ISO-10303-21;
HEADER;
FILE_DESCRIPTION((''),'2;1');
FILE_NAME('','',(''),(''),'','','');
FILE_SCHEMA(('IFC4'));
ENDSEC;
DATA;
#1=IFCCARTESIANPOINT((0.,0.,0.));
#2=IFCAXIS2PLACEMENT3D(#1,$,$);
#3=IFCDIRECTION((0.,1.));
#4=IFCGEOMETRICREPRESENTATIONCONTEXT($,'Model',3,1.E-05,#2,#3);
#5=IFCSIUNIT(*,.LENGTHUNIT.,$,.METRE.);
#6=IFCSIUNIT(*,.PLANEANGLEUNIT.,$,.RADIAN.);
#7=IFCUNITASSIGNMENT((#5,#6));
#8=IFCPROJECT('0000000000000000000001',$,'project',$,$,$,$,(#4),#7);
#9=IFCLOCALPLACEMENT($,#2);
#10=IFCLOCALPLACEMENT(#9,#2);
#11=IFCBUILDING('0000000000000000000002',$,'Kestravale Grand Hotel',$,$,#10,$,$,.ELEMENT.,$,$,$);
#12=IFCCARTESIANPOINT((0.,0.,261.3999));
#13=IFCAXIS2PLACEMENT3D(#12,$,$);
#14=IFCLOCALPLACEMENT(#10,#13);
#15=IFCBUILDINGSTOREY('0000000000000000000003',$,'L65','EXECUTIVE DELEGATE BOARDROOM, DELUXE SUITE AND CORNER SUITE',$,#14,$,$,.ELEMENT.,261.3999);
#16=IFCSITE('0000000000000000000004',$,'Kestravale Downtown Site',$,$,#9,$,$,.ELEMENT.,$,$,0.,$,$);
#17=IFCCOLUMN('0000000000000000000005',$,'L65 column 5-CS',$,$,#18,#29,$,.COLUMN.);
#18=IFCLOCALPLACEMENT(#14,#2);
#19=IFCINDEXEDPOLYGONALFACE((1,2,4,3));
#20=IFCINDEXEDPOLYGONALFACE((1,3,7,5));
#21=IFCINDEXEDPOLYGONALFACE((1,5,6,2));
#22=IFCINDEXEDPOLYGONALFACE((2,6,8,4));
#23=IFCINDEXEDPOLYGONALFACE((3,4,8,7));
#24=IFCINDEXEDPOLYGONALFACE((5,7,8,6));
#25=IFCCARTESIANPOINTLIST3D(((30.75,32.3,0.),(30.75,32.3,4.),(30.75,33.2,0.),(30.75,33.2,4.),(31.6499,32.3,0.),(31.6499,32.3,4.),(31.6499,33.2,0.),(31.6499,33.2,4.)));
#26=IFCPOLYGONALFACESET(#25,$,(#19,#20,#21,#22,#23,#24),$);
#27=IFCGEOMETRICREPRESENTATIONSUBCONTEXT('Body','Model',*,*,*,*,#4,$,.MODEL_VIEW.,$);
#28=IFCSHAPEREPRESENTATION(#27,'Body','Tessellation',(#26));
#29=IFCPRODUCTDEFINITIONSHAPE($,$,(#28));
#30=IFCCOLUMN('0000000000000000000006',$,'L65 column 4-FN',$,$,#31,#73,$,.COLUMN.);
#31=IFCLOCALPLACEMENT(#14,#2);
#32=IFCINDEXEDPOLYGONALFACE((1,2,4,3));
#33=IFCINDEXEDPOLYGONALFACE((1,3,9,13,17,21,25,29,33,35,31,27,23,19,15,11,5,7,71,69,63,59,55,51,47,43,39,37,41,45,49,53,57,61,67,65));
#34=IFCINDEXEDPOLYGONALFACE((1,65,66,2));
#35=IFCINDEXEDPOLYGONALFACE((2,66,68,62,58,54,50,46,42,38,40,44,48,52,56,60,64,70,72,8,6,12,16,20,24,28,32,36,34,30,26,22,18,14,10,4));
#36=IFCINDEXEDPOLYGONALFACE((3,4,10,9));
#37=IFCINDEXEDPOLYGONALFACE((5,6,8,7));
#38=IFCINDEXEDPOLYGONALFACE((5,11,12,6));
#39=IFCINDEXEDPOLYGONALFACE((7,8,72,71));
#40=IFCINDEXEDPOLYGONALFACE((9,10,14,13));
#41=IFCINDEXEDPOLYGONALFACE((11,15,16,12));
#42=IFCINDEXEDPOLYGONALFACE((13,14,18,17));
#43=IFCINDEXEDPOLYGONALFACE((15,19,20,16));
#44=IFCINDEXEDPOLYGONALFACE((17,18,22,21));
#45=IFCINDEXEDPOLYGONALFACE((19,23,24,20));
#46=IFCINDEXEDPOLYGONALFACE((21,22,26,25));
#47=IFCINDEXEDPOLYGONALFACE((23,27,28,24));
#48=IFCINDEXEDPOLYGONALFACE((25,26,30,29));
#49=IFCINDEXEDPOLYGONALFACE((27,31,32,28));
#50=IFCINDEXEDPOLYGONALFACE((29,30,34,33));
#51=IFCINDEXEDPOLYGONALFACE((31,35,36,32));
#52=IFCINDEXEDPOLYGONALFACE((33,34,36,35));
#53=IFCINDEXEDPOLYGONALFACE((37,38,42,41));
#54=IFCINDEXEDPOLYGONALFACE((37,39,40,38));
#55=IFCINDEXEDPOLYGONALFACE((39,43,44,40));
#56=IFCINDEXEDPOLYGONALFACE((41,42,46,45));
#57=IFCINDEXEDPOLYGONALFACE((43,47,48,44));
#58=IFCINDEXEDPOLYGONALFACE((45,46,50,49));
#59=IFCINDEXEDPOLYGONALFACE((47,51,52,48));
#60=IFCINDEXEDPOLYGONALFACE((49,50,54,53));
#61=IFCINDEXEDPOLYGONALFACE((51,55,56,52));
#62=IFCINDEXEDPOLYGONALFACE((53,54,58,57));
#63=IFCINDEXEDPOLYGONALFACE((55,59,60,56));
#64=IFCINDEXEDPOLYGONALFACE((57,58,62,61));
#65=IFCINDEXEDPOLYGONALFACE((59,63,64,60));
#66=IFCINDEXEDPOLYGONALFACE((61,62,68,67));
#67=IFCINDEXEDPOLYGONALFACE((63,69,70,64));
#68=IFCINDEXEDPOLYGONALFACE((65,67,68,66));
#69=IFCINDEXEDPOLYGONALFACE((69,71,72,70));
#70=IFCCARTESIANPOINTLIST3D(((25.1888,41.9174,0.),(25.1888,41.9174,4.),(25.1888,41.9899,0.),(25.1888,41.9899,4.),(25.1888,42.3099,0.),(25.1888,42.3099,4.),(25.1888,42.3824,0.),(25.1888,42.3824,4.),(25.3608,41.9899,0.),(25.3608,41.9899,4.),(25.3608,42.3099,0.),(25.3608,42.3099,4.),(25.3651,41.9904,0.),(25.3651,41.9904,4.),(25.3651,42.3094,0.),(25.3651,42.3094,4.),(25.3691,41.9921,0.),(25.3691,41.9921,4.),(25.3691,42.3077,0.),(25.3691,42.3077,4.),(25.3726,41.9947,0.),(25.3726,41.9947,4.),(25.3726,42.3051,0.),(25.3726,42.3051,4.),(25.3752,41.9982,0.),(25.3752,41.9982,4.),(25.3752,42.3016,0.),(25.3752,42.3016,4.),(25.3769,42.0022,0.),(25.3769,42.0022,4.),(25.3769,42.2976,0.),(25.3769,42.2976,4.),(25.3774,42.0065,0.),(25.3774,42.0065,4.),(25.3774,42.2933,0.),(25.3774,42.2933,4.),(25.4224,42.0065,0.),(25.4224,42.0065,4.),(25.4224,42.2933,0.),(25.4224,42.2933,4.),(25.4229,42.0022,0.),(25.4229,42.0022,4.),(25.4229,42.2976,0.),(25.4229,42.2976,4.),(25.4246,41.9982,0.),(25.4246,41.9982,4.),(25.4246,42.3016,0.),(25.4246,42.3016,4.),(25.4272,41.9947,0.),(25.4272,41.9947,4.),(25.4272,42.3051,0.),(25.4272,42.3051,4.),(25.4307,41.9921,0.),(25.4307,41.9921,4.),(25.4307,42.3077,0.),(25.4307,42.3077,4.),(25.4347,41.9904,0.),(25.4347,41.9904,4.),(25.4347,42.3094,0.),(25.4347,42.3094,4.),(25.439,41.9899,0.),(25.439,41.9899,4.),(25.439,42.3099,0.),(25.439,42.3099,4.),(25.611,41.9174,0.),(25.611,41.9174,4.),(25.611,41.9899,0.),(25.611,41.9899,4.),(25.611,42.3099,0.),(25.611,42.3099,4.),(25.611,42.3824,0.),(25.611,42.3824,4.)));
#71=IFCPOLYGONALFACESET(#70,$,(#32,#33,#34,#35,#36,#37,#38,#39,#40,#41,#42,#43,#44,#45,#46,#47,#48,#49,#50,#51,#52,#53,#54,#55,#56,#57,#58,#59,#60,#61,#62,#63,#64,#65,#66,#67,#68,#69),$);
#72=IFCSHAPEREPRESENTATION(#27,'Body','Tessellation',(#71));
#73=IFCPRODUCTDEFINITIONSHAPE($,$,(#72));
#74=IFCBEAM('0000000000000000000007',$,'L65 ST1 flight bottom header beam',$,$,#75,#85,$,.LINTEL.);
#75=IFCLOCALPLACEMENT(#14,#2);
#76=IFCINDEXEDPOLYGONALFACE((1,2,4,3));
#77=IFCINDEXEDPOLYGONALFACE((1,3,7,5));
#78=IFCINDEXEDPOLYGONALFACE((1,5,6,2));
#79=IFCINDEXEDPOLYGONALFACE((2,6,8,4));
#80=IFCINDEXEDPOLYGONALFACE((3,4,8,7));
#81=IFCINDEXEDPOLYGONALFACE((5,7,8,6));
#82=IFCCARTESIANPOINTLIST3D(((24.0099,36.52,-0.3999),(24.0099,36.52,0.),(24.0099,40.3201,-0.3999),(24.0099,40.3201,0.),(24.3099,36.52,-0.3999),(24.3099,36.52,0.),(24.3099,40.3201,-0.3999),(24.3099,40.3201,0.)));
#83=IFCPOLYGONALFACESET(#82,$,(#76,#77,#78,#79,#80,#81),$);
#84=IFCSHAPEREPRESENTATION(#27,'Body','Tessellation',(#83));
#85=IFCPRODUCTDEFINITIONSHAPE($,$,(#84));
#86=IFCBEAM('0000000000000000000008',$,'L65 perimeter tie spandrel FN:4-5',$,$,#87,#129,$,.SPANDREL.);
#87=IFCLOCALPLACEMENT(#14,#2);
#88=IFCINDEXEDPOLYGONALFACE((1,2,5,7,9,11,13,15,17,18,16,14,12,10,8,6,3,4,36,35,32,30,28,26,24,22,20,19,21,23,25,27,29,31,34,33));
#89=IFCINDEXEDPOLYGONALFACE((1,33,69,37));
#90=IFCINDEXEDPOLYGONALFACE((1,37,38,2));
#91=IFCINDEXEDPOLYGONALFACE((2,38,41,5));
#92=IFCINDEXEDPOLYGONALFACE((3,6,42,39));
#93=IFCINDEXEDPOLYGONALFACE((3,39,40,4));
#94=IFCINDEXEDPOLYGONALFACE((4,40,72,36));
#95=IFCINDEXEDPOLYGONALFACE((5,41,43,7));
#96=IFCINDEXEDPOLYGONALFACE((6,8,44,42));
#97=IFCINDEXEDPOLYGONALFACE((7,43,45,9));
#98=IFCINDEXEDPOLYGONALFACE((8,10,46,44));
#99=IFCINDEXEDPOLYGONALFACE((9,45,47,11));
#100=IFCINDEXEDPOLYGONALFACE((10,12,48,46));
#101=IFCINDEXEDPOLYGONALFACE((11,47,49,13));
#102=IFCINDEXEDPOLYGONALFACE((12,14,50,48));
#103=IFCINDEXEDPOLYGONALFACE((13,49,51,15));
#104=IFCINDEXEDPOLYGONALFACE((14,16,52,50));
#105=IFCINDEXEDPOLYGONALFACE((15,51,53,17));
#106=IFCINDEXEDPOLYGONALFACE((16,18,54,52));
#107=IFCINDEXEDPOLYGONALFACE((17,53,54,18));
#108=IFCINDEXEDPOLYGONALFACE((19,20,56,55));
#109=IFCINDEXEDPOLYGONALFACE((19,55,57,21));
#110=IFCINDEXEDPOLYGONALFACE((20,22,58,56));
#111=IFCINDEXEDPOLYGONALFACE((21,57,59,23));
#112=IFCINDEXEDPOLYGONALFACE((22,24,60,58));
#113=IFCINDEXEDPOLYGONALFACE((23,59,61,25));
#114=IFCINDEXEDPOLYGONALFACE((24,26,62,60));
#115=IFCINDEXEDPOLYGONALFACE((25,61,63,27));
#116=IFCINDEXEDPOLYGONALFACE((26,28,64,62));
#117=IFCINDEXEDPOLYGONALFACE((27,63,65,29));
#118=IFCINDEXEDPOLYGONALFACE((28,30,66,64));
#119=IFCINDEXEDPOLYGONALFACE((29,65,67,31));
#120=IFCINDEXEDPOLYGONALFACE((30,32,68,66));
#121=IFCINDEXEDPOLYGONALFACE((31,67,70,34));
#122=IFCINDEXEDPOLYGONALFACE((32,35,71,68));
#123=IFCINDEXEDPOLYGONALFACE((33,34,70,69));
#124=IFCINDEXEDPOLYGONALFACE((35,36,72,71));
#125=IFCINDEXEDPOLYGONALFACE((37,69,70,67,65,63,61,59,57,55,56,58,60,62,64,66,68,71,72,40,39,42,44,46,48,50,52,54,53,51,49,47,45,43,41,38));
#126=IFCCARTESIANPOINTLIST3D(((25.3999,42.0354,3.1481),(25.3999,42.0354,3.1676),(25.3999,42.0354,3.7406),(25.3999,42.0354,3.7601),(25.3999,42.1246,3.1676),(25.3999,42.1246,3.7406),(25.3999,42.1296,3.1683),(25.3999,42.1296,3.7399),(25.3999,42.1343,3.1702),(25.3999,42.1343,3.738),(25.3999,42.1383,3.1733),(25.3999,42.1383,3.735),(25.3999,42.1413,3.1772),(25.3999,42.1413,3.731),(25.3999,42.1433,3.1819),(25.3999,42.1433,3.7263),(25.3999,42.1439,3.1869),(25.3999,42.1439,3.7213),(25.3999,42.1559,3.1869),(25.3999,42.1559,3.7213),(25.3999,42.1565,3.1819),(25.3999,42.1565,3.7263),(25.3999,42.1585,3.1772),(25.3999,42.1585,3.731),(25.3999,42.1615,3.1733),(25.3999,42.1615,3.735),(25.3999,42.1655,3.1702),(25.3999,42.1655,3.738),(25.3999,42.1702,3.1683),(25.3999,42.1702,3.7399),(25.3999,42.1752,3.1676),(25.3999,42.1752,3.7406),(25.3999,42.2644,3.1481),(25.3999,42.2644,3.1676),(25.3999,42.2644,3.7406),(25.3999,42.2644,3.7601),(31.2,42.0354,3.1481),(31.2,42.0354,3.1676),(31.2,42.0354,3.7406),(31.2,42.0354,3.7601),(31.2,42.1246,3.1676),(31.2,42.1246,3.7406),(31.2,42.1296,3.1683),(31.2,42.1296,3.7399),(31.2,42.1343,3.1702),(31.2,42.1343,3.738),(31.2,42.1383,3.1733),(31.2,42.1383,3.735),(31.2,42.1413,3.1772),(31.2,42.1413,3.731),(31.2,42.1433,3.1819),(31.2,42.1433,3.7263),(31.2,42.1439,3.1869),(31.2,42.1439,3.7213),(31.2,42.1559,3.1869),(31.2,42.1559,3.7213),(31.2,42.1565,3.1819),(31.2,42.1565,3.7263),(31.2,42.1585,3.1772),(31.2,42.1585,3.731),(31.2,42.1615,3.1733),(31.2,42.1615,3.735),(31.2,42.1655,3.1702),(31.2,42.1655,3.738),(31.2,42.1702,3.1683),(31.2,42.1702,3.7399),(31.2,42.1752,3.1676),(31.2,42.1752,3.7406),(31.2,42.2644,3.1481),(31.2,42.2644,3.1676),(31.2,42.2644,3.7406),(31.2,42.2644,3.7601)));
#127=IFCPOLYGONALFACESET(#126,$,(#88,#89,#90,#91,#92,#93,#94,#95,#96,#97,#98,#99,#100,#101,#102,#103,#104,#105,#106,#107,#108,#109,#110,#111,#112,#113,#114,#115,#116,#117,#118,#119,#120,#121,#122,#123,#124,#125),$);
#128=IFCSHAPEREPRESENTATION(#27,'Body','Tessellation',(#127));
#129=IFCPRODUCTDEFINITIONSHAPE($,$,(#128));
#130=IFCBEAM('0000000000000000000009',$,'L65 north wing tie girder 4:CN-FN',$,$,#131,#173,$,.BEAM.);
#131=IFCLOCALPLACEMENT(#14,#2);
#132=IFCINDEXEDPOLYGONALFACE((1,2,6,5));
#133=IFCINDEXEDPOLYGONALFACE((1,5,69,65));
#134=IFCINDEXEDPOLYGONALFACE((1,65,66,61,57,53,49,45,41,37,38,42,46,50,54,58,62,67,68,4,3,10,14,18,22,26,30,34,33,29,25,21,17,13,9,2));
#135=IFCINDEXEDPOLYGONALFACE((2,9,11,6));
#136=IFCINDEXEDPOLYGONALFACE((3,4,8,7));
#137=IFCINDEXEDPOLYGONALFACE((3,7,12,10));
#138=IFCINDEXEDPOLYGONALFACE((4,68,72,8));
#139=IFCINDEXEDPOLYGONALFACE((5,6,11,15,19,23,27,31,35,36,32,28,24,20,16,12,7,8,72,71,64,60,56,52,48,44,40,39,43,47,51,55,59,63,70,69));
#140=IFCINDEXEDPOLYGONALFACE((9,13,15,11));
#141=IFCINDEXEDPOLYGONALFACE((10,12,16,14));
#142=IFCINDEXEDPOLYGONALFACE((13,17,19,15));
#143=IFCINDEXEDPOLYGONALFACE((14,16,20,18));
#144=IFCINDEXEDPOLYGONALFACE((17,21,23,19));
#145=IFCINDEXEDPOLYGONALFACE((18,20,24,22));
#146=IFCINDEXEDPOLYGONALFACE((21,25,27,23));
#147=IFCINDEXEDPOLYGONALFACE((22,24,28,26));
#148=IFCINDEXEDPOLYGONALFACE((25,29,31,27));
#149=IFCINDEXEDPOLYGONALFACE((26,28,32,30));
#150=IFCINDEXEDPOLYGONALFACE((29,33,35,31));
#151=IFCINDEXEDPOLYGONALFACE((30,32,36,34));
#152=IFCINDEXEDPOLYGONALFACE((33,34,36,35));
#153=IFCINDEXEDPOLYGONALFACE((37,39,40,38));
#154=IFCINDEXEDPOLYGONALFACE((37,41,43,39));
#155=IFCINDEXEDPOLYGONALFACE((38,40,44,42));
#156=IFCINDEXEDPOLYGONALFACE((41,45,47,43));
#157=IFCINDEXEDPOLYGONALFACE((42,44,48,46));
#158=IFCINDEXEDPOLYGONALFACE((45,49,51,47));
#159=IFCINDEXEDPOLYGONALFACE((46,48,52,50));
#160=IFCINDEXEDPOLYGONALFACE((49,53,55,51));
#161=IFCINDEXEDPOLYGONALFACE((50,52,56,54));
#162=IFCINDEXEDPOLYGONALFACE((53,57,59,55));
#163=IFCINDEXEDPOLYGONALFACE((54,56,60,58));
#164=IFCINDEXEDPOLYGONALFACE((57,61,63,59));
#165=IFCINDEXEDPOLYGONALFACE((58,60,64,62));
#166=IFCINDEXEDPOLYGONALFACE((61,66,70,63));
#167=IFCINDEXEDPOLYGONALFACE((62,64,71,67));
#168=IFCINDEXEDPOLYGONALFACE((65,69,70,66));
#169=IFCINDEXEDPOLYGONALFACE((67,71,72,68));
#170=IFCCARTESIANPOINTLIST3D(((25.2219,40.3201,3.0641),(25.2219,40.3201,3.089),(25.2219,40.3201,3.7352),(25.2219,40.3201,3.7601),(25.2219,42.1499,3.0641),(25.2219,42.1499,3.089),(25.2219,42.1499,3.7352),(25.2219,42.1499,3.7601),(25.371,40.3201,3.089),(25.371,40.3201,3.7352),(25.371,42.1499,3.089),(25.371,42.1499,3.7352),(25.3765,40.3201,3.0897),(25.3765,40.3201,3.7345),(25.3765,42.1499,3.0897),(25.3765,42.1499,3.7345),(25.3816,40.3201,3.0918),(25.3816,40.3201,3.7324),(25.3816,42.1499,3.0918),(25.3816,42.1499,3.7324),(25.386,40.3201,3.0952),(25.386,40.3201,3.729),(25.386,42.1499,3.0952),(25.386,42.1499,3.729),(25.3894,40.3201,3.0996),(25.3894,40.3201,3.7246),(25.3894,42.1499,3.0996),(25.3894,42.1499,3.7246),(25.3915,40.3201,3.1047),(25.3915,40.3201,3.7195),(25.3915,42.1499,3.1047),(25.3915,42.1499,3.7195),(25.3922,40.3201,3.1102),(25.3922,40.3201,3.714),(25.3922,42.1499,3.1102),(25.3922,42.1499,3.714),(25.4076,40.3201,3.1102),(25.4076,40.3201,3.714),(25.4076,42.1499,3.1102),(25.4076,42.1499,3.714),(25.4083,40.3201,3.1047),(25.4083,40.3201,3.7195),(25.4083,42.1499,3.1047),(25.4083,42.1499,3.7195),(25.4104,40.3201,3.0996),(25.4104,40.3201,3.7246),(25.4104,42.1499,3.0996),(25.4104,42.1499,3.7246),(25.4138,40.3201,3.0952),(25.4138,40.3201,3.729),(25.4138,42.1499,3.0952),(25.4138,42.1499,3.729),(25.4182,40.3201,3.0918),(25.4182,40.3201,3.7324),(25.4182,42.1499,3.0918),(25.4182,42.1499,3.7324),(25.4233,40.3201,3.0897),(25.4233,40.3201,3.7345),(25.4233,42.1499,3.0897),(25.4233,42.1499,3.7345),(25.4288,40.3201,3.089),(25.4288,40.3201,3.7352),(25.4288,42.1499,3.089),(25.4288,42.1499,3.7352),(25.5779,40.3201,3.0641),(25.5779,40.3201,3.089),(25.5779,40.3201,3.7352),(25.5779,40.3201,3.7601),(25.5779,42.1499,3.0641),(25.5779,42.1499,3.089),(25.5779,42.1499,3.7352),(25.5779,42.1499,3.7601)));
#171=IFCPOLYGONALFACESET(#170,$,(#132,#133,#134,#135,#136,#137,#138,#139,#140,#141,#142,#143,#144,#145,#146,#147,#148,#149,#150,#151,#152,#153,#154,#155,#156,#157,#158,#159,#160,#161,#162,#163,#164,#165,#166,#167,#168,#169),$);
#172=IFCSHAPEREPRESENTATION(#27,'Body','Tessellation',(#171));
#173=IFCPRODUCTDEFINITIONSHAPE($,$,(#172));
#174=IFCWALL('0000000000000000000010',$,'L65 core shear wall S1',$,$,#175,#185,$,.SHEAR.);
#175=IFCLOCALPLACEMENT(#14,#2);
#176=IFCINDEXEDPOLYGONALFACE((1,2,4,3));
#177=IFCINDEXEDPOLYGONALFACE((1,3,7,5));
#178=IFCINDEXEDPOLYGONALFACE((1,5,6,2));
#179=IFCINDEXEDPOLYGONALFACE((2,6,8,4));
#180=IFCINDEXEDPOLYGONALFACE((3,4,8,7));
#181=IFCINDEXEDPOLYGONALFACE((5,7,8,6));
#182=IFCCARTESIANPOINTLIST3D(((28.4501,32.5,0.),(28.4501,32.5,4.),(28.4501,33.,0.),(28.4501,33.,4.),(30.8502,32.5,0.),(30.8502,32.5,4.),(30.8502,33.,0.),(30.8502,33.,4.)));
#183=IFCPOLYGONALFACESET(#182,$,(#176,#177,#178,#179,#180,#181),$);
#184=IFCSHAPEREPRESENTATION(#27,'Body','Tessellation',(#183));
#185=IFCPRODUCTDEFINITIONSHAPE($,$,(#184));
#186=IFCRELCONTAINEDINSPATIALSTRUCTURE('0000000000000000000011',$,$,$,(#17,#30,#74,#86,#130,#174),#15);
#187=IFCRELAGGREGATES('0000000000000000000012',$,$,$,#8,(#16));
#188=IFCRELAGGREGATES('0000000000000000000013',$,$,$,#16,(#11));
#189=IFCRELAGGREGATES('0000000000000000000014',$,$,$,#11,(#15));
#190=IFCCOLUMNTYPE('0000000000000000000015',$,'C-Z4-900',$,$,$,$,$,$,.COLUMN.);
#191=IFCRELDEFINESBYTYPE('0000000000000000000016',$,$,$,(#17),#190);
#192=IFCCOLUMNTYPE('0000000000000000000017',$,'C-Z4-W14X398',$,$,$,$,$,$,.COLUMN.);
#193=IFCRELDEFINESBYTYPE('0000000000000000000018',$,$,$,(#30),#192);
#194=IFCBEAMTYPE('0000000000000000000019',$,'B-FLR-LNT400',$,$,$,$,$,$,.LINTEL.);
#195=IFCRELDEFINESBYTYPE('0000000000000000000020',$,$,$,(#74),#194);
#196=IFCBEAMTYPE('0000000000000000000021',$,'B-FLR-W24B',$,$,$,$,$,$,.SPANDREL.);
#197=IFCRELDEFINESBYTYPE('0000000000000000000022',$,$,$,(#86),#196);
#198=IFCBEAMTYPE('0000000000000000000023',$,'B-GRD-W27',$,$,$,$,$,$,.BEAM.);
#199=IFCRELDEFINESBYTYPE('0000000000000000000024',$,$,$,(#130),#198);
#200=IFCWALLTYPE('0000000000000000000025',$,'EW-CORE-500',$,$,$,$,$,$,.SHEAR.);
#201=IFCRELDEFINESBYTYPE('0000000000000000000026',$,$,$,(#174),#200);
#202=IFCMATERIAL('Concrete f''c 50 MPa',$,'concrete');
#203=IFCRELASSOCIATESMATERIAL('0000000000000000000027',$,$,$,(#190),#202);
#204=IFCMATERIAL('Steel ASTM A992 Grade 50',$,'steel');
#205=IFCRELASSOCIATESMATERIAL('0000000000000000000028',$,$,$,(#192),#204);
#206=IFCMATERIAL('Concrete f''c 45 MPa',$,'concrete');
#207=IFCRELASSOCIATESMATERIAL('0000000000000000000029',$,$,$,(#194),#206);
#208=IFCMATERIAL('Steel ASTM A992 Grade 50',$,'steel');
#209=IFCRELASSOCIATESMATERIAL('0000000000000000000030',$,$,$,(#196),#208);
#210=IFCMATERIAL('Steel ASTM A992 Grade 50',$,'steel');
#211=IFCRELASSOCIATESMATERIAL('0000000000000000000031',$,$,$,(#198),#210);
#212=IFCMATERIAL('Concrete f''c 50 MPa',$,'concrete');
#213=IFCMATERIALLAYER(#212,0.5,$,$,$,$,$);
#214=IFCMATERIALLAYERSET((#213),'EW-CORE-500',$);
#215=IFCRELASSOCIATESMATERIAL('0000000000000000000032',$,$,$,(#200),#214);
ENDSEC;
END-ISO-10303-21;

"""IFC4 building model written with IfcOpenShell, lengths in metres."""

from ifc_helpers import new_model, si_unit, direction, frame, frame_2d, origin, origin_2d, place, context, subcontext, project, spatial, rectangle, i_section, extrude, material, layer, layer_set, material_profile, profile_set, type_object, element, save


model = new_model("IFC4")

# Units and contexts
model_context = context("Model", 3, precision=1e-05, world=origin(), true_north=direction((0.0, 1.0)))
body_context = subcontext(model_context, "Body", "Model", "MODEL_VIEW")
ifc_project = project(units=[si_unit("LENGTHUNIT", "METRE"), si_unit("PLANEANGLEUNIT", "RADIAN")], contexts=[model_context])

# Site, building, storey
site_placement = place(None, origin())
site = spatial("IfcSite", under=ifc_project, at=site_placement, Name="Kestravale Downtown Site", CompositionType="ELEMENT", RefElevation=0.0)
building_placement = place(site_placement, origin())
building = spatial("IfcBuilding", under=site, at=building_placement, Name="Kestravale Grand Hotel", CompositionType="ELEMENT")
storey_placement = place(building_placement, frame((0.0, 0.0, 261.3999)))
storey = spatial("IfcBuildingStorey", under=building, at=storey_placement, Name="L65", Description="EXECUTIVE DELEGATE BOARDROOM, DELUXE SUITE AND CORNER SUITE", CompositionType="ELEMENT", Elevation=261.3999)

# Columns
ifc_material_1 = material(Name="Concrete f'c 50 MPa", Category="concrete")
ifc_material_profile_1 = material_profile(ifc_material_1, rectangle(XDim=0.8999, YDim=0.8999, at=origin_2d()))
ifc_profile_set_1 = profile_set([ifc_material_profile_1], Name="Concrete f'c 50 MPa")
column_type_1 = type_object("IfcColumnType", Name="C-Z4-900", PredefinedType="COLUMN", material=ifc_profile_set_1)
column_1_placement = place(storey_placement, frame((31.2, 32.75, 0.0), z_axis=(0.0, 0.0, 1.0), x_axis=(1.0, 0.0, 0.0)))
element("IfcColumn", 1, at=column_1_placement, inside=storey, type_object=column_type_1, Name="L65 column 5-CS", PredefinedType="COLUMN", context=body_context, shape_type="SweptSolid", body=[
    extrude(rectangle(XDim=0.8999, YDim=0.8999, at=origin_2d()), origin(), (0.0, 0.0, 1.0), 4.0),
])
ifc_material_2 = material(Name="Steel ASTM A992 Grade 50", Category="steel")
ifc_material_profile_2 = material_profile(ifc_material_2, i_section(OverallWidth=0.4221, OverallDepth=0.4651, WebThickness=0.0449, FlangeThickness=0.0725, FilletRadius=0.0166, at=origin_2d()))
ifc_profile_set_2 = profile_set([ifc_material_profile_2], Name="Steel ASTM A992 Grade 50")
column_type_2 = type_object("IfcColumnType", Name="C-Z4-W14X398", PredefinedType="COLUMN", material=ifc_profile_set_2)
column_2_placement = place(storey_placement, frame((25.3999, 42.1499, 0.0), z_axis=(0.0, 0.0, 1.0), x_axis=(1.0, 0.0, 0.0)))
element("IfcColumn", 2, at=column_2_placement, inside=storey, type_object=column_type_2, Name="L65 column 4-FN", PredefinedType="COLUMN", context=body_context, shape_type="SweptSolid", body=[
    extrude(i_section(OverallWidth=0.4221, OverallDepth=0.4651, WebThickness=0.0449, FlangeThickness=0.0725, FilletRadius=0.0166, at=origin_2d()), origin(), (0.0, 0.0, 1.0), 4.0),
])

# Beams
ifc_material_3 = material(Name="Concrete f'c 45 MPa", Category="concrete")
ifc_material_profile_3 = material_profile(ifc_material_3, rectangle(XDim=0.3, YDim=0.3999, at=origin_2d()))
ifc_profile_set_3 = profile_set([ifc_material_profile_3], Name="Concrete f'c 45 MPa")
beam_type_1 = type_object("IfcBeamType", Name="B-FLR-LNT400", PredefinedType="LINTEL", material=ifc_profile_set_3)
beam_1_placement = place(storey_placement, frame((24.1599, 36.52, -0.2), z_axis=(0.0, 1.0, 0.0), x_axis=(-1.0, 0.0, 0.0)))
element("IfcBeam", 3, at=beam_1_placement, inside=storey, type_object=beam_type_1, Name="L65 ST1 flight bottom header beam", PredefinedType="LINTEL", context=body_context, shape_type="SweptSolid", body=[
    extrude(rectangle(XDim=0.3, YDim=0.3999, at=origin_2d()), origin(), (0.0, 0.0, 1.0), 3.8),
])
ifc_material_4 = material(Name="Steel ASTM A992 Grade 50", Category="steel")
ifc_material_profile_4 = material_profile(ifc_material_4, i_section(OverallWidth=0.229, OverallDepth=0.6121, WebThickness=0.012, FlangeThickness=0.0195, FilletRadius=0.0193, at=origin_2d()))
ifc_profile_set_4 = profile_set([ifc_material_profile_4], Name="Steel ASTM A992 Grade 50")
beam_type_2 = type_object("IfcBeamType", Name="B-FLR-W24B", PredefinedType="SPANDREL", material=ifc_profile_set_4)
beam_2_placement = place(storey_placement, frame((25.3999, 42.1499, 3.4541), z_axis=(1.0, 0.0, 0.0), x_axis=(0.0, 1.0, 0.0)))
element("IfcBeam", 4, at=beam_2_placement, inside=storey, type_object=beam_type_2, Name="L65 perimeter tie spandrel FN:4-5", PredefinedType="SPANDREL", context=body_context, shape_type="SweptSolid", body=[
    extrude(i_section(OverallWidth=0.229, OverallDepth=0.6121, WebThickness=0.012, FlangeThickness=0.0195, FilletRadius=0.0193, at=origin_2d()), origin(), (0.0, 0.0, 1.0), 5.8),
])
ifc_material_5 = material(Name="Steel ASTM A992 Grade 50", Category="steel")
ifc_material_profile_5 = material_profile(ifc_material_5, i_section(OverallWidth=0.356, OverallDepth=0.696, WebThickness=0.0154, FlangeThickness=0.0249, FilletRadius=0.0212, at=origin_2d()))
ifc_profile_set_5 = profile_set([ifc_material_profile_5], Name="Steel ASTM A992 Grade 50")
beam_type_3 = type_object("IfcBeamType", Name="B-GRD-W27", PredefinedType="BEAM", material=ifc_profile_set_5)
beam_3_placement = place(storey_placement, frame((25.3999, 40.3201, 3.4121), z_axis=(0.0, 1.0, 0.0), x_axis=(-1.0, 0.0, 0.0)))
element("IfcBeam", 5, at=beam_3_placement, inside=storey, type_object=beam_type_3, Name="L65 north wing tie girder 4:CN-FN", PredefinedType="BEAM", context=body_context, shape_type="SweptSolid", body=[
    extrude(i_section(OverallWidth=0.356, OverallDepth=0.696, WebThickness=0.0154, FlangeThickness=0.0249, FilletRadius=0.0212, at=origin_2d()), origin(), (0.0, 0.0, 1.0), 1.8298),
])

# Wall
ifc_material_6 = material(Name="Concrete f'c 50 MPa", Category="concrete")
ifc_layer_1 = layer(ifc_material_6, 0.5)
ifc_layer_set_1 = layer_set([ifc_layer_1], Name="EW-CORE-500")
wall_type_1 = type_object("IfcWallType", Name="EW-CORE-500", PredefinedType="SHEAR", material=ifc_layer_set_1)
wall_1_placement = place(storey_placement, frame((28.45, 32.75, 0.0), z_axis=(0.0, 0.0, 1.0), x_axis=(1.0, 0.0, 0.0)))
element("IfcWall", 6, at=wall_1_placement, inside=storey, type_object=wall_type_1, Name="L65 core shear wall S1", PredefinedType="SHEAR", context=body_context, shape_type="SweptSolid", body=[
    extrude(rectangle(XDim=2.4001, YDim=0.5, at=frame_2d((1.2002, 0.0))), origin(), (0.0, 0.0, 1.0), 4.0),
])

save(model, "model.ifc")
